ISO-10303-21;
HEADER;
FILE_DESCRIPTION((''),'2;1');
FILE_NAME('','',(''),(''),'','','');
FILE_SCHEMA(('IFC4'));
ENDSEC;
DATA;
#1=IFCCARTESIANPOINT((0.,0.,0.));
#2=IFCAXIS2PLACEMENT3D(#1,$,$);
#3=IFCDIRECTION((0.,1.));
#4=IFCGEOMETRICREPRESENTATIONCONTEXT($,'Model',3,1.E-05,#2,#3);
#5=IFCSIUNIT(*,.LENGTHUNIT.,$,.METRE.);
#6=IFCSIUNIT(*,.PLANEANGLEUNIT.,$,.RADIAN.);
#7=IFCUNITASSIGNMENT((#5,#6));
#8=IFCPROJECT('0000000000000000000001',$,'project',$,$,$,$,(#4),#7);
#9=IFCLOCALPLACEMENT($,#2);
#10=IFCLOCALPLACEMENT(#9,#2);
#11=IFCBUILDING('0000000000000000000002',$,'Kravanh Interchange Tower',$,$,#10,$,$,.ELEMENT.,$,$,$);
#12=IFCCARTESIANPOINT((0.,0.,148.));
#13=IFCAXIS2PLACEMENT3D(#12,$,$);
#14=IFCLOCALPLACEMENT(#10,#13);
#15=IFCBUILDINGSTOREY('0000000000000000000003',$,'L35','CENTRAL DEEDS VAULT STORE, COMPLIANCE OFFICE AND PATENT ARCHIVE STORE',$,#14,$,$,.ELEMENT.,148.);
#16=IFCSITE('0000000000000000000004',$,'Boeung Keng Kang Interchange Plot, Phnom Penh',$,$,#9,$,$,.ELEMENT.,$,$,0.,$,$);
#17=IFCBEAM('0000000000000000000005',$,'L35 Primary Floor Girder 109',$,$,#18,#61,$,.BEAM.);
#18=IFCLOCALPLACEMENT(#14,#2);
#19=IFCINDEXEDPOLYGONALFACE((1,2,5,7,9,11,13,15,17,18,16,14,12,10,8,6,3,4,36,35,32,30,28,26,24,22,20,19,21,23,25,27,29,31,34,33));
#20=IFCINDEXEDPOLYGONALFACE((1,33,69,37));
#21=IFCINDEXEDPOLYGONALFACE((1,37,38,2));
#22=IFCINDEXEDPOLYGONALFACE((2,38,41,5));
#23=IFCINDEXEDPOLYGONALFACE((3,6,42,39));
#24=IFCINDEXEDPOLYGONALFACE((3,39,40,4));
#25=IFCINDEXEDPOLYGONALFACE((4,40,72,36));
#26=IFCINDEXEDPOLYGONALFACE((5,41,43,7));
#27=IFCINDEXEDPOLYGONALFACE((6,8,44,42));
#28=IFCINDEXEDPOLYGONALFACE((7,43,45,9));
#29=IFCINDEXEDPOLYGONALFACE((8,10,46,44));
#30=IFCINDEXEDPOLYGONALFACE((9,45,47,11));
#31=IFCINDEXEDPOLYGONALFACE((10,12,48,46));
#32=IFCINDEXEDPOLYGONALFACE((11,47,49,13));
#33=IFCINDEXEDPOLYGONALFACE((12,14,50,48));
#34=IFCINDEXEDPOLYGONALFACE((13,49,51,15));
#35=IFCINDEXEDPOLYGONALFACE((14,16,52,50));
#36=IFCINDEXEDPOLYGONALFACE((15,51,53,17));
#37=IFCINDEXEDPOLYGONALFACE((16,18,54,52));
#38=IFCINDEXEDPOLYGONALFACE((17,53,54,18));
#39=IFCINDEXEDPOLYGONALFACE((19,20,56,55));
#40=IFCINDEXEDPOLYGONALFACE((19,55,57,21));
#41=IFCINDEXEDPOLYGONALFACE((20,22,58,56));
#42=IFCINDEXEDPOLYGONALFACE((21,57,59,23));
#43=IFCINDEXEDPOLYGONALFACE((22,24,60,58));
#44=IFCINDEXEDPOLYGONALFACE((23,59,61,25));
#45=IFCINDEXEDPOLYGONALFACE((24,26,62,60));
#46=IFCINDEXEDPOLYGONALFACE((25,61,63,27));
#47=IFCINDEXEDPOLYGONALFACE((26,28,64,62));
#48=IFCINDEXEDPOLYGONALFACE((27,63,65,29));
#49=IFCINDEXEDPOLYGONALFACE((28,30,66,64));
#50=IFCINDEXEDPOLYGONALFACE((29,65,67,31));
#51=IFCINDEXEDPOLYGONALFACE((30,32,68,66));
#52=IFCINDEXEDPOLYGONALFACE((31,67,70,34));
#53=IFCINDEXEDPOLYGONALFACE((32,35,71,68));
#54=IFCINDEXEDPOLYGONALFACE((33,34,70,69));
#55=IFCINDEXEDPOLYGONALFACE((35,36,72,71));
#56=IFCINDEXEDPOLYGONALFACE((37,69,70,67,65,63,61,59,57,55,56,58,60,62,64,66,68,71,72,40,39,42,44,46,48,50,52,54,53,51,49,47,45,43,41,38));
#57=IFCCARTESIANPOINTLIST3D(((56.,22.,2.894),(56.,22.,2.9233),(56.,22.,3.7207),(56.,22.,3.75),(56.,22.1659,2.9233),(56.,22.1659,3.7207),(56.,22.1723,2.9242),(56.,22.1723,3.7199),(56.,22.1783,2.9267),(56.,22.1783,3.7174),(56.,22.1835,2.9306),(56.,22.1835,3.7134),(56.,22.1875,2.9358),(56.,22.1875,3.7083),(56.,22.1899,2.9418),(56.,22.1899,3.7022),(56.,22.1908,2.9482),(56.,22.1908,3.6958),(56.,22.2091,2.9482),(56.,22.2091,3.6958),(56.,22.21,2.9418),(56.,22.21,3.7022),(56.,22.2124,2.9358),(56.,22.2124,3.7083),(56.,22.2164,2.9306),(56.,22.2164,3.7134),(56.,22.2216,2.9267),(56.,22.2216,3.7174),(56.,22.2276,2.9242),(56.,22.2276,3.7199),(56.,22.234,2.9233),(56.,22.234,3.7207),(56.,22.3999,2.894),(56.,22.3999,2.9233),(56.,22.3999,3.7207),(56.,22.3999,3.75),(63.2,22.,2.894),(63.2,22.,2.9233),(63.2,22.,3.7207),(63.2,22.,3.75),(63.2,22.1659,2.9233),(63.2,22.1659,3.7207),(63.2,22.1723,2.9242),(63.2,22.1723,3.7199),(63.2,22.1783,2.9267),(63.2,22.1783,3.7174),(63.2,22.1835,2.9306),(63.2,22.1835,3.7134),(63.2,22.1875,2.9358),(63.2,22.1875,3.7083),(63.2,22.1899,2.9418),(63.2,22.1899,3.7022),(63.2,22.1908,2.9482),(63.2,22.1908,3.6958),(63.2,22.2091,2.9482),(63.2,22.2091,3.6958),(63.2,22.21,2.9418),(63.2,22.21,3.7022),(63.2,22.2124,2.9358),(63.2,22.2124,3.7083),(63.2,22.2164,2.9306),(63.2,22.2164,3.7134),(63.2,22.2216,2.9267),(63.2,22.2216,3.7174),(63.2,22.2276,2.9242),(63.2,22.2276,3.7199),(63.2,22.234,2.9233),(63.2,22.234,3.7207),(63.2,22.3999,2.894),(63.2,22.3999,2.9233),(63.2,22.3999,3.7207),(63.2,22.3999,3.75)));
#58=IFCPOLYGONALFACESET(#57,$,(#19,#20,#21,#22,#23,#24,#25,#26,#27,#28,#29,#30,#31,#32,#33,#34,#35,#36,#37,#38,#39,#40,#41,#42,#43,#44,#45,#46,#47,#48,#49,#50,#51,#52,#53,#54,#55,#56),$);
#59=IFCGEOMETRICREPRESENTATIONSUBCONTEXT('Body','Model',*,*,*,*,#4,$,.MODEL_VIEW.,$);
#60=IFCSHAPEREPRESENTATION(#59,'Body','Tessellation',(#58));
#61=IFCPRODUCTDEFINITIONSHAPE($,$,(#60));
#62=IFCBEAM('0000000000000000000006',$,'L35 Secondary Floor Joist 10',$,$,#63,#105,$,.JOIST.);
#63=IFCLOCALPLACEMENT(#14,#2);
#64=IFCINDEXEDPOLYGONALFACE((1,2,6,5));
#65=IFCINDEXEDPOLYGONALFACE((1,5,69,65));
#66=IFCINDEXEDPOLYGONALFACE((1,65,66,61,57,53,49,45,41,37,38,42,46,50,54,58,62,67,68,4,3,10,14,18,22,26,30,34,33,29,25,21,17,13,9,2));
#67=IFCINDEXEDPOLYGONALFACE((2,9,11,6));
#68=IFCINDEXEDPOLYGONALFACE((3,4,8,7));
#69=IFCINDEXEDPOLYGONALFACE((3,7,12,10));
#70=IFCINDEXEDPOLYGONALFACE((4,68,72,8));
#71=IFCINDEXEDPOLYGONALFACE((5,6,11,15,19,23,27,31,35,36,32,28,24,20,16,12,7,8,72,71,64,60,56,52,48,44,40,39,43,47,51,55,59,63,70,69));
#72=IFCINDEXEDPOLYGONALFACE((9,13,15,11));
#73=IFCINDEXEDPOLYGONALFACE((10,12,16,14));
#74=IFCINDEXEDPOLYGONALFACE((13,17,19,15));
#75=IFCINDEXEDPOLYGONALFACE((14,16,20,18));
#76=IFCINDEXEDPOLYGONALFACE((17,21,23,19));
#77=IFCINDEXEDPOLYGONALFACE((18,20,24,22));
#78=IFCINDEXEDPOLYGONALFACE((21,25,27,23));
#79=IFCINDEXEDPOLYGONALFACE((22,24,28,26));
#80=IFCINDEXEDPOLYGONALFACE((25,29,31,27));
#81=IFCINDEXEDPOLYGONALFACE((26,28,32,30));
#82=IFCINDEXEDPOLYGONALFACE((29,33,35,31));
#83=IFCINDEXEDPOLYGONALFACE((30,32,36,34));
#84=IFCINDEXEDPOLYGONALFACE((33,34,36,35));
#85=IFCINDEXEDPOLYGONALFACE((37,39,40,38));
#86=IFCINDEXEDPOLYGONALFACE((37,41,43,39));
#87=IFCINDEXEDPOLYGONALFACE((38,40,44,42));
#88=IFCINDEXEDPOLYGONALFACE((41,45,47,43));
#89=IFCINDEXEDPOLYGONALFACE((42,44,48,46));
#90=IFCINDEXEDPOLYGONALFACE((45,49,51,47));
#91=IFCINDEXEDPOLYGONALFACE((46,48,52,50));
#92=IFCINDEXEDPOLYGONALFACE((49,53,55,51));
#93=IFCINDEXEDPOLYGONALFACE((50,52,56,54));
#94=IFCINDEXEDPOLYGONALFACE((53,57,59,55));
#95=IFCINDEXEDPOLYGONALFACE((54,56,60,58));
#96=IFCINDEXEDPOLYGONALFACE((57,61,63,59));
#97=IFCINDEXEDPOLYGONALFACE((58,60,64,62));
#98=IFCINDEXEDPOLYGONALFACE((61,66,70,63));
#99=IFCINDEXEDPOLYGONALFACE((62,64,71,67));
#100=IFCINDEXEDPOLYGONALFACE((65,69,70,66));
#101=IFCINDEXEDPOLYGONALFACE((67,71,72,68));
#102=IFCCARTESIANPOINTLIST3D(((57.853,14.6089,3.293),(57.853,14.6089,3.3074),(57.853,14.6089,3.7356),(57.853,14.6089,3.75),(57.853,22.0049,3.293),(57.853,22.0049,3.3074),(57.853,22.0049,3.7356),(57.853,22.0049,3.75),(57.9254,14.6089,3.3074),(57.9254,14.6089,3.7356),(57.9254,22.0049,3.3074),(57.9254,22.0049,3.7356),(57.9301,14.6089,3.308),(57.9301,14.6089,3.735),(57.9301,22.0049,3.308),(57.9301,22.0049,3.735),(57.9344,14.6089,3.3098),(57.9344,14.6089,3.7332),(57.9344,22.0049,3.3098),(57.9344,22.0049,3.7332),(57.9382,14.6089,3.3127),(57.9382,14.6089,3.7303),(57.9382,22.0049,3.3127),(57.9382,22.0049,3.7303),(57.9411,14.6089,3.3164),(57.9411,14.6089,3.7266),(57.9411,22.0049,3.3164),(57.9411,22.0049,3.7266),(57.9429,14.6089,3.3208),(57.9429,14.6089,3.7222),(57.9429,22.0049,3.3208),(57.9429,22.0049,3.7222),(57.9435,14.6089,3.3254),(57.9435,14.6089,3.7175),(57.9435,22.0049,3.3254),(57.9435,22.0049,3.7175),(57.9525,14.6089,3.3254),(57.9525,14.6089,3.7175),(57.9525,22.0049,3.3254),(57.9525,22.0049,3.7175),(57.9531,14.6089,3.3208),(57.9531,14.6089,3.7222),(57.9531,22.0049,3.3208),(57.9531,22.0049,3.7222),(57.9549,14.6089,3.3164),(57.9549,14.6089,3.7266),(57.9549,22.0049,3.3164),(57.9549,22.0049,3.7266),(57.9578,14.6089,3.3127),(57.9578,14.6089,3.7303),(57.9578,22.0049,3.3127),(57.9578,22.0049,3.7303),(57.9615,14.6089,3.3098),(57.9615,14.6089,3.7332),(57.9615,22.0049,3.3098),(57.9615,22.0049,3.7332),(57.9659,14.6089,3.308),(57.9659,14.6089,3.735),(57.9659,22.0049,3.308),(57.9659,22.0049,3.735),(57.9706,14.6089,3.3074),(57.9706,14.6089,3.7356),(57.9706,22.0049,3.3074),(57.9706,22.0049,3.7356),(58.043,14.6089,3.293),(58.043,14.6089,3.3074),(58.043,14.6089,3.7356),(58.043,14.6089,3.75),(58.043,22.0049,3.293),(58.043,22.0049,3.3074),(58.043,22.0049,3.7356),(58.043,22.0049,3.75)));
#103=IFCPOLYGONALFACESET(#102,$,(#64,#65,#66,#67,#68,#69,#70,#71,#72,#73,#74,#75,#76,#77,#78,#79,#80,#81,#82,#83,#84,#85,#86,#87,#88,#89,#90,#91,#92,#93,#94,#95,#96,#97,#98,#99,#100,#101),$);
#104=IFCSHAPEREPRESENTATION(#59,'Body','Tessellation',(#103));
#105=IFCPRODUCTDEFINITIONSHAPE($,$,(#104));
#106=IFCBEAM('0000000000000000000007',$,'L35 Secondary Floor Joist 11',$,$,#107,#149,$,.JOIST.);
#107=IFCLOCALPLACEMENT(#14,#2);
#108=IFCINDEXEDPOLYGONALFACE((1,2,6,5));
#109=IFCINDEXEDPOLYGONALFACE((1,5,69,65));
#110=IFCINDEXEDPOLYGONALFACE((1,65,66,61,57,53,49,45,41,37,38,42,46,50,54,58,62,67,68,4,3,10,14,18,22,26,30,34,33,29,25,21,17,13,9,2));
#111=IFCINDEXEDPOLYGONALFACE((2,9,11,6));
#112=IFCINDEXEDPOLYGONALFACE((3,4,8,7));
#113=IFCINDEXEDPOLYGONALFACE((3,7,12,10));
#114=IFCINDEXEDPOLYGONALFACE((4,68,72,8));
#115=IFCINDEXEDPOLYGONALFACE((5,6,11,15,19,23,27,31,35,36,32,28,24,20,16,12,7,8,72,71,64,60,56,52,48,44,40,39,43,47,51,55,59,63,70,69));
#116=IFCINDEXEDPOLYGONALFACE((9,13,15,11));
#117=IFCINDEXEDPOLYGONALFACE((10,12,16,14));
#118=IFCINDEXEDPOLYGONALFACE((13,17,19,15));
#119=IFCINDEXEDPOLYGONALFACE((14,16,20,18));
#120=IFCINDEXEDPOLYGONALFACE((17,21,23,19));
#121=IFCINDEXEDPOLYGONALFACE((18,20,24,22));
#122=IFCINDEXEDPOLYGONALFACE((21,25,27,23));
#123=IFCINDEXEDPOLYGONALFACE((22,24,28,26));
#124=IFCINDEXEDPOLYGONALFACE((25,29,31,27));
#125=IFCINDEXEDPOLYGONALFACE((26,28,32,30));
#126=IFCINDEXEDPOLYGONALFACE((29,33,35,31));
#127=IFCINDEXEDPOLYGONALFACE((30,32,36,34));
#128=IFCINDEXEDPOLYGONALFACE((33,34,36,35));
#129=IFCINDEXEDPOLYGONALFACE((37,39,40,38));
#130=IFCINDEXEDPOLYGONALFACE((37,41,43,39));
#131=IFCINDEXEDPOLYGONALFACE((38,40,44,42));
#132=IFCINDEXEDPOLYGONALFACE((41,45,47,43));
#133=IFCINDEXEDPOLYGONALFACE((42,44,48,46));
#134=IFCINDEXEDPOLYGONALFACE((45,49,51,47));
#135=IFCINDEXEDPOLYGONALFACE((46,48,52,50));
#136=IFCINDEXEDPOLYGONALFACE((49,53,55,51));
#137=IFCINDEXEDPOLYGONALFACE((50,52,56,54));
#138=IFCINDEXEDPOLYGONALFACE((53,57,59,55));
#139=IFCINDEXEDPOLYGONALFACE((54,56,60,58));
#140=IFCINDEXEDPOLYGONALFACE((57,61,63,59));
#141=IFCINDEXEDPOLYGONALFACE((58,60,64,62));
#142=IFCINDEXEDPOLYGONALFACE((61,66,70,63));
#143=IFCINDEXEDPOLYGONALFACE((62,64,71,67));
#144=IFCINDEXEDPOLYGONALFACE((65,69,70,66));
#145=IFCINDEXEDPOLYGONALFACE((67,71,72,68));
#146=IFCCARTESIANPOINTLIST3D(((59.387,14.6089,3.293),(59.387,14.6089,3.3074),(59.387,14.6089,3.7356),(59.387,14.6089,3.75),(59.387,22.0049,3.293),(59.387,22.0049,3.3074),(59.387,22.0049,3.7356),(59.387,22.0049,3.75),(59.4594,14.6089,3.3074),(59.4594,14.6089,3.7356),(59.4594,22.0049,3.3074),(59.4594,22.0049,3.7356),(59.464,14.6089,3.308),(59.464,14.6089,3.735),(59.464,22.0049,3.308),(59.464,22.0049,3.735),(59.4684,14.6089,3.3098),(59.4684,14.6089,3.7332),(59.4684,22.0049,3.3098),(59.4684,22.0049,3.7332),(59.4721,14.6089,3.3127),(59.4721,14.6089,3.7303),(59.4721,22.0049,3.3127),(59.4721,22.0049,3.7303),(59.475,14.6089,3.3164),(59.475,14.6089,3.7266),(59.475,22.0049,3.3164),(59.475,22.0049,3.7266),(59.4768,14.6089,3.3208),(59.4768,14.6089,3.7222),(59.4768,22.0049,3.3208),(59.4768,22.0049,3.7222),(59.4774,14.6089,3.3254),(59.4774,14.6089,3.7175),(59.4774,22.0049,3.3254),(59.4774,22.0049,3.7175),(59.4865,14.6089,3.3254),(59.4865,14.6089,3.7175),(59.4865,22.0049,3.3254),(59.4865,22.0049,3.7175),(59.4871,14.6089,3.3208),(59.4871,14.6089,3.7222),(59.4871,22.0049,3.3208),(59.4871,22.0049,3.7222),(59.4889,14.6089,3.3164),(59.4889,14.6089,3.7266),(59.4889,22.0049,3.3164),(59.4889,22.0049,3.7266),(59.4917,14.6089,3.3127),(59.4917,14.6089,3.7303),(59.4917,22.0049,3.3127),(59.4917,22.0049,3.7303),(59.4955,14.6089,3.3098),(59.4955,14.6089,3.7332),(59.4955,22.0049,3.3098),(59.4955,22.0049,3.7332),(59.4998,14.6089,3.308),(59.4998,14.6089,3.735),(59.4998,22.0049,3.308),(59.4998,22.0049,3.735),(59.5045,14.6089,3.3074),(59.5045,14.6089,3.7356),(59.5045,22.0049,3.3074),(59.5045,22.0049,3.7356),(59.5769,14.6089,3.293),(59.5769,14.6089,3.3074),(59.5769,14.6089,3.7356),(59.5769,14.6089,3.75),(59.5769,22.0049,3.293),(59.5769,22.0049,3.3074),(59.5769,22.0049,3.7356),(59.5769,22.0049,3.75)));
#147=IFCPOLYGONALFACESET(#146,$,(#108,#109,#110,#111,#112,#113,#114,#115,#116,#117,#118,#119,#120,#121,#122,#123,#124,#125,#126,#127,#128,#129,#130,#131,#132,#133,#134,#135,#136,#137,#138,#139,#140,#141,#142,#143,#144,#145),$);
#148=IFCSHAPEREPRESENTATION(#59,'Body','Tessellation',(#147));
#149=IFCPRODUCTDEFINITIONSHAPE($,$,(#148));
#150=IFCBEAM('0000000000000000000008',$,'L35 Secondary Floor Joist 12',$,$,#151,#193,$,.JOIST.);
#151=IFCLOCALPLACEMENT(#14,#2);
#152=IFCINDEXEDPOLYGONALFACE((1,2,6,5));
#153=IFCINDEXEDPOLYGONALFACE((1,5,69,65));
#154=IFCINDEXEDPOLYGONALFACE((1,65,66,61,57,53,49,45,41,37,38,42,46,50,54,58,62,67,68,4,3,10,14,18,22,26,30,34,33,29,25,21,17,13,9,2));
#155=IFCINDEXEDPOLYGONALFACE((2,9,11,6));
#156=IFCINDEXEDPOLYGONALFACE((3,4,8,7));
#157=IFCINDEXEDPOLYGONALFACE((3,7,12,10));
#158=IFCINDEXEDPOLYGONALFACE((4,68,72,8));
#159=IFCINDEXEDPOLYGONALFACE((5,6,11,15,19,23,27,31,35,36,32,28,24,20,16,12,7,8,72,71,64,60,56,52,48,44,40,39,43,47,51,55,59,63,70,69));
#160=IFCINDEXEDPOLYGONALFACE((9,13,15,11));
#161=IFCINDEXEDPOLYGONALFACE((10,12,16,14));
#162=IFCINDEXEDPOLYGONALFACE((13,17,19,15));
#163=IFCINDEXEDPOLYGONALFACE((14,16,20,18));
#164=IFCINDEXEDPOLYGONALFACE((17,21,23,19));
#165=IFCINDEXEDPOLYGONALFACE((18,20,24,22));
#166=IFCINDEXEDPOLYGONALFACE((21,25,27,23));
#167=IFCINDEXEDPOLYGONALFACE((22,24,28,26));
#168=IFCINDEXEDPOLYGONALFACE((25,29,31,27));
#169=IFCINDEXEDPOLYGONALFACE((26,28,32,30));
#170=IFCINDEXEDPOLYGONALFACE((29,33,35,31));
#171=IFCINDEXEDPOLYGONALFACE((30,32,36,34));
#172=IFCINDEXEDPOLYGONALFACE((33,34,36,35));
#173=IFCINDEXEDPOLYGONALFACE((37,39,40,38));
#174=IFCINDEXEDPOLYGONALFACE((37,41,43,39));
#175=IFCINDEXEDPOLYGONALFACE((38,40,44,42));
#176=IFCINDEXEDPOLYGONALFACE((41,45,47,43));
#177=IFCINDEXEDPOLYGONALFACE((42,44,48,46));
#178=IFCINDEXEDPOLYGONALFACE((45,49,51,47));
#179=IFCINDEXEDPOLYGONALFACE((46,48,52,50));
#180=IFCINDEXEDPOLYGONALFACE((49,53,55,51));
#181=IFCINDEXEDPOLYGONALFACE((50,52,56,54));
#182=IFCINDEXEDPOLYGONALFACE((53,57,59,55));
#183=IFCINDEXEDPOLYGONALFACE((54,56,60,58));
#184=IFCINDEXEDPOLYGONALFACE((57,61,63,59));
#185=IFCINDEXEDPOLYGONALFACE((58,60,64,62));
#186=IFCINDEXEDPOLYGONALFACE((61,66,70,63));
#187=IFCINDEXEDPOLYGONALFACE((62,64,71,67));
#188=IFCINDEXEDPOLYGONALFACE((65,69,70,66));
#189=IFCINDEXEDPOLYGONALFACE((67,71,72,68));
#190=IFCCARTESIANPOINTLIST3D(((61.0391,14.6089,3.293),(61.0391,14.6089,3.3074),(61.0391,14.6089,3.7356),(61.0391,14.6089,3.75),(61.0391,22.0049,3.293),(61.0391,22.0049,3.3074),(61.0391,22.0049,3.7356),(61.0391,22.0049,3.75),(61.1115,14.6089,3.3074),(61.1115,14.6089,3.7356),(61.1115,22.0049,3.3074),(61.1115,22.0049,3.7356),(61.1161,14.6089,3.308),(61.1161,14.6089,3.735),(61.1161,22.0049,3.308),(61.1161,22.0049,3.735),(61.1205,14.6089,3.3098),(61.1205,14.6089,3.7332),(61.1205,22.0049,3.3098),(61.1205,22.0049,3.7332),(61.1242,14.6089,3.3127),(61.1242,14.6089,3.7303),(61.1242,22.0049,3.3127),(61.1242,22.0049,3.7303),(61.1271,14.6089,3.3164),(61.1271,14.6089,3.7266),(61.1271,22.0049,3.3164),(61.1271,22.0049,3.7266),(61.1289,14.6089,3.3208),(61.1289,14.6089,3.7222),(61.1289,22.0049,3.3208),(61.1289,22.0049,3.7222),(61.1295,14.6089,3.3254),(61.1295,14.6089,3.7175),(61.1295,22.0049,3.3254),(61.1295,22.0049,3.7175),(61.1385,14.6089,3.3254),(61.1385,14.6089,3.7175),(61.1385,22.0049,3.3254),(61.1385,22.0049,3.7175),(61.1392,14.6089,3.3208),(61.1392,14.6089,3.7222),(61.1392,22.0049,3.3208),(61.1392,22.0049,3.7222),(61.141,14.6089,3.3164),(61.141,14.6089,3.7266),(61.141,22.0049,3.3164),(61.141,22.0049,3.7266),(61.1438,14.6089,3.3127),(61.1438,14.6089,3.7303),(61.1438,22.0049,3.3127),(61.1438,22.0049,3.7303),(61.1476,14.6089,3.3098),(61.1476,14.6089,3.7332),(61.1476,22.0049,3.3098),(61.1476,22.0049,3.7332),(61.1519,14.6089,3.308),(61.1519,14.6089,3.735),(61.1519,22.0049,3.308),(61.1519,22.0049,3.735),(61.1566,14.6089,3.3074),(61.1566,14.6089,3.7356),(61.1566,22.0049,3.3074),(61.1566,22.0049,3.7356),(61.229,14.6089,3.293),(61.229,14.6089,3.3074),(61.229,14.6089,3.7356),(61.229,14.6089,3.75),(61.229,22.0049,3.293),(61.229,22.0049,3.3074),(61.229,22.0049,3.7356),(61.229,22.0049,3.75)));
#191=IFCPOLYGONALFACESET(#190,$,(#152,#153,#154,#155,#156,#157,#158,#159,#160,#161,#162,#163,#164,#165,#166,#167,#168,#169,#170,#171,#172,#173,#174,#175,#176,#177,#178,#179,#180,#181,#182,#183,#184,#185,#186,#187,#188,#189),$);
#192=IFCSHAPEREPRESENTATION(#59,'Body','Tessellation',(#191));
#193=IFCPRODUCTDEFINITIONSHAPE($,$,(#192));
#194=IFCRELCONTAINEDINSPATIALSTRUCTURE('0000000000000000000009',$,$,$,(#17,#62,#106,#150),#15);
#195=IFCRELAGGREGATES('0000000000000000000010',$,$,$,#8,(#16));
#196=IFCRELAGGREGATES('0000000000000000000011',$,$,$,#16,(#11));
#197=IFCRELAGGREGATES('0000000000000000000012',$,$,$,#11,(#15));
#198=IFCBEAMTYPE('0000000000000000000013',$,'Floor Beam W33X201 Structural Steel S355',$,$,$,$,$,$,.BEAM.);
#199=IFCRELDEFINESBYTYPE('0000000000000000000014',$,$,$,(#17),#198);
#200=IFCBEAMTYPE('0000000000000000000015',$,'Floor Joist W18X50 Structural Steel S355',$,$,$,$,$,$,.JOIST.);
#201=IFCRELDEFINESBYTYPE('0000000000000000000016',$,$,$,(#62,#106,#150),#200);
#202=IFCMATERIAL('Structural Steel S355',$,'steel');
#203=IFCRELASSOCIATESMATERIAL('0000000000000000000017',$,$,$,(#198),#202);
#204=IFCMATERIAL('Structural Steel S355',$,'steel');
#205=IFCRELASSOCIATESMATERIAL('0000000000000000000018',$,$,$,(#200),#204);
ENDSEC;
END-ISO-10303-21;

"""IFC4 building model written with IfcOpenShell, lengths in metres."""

from ifc_helpers import new_model, si_unit, direction, frame, origin, origin_2d, place, context, subcontext, project, spatial, i_section, extrude, material, material_profile, profile_set, type_object, element, save


model = new_model("IFC4")

# Units and contexts
model_context = context("Model", 3, precision=1e-05, world=origin(), true_north=direction((0.0, 1.0)))
body_context = subcontext(model_context, "Body", "Model", "MODEL_VIEW")
ifc_project = project(units=[si_unit("LENGTHUNIT", "METRE"), si_unit("PLANEANGLEUNIT", "RADIAN")], contexts=[model_context])

# Site, building, storey
site_placement = place(None, origin())
site = spatial("IfcSite", under=ifc_project, at=site_placement, Name="Boeung Keng Kang Interchange Plot, Phnom Penh", CompositionType="ELEMENT", RefElevation=0.0)
building_placement = place(site_placement, origin())
building = spatial("IfcBuilding", under=site, at=building_placement, Name="Kravanh Interchange Tower", CompositionType="ELEMENT")
storey_placement = place(building_placement, frame((0.0, 0.0, 148.0)))
storey = spatial("IfcBuildingStorey", under=building, at=storey_placement, Name="L35", Description="CENTRAL DEEDS VAULT STORE, COMPLIANCE OFFICE AND PATENT ARCHIVE STORE", CompositionType="ELEMENT", Elevation=148.0)

# Beams
ifc_material_1 = material(Name="Structural Steel S355", Category="steel")
ifc_material_profile_1 = material_profile(ifc_material_1, i_section(OverallWidth=0.3999, OverallDepth=0.856, WebThickness=0.0183, FlangeThickness=0.0293, FilletRadius=0.0249, at=origin_2d()), Name="W33X201")
ifc_profile_set_1 = profile_set([ifc_material_profile_1], Name="Structural Steel S355")
beam_type_1 = type_object("IfcBeamType", Name="Floor Beam W33X201 Structural Steel S355", PredefinedType="BEAM", material=ifc_profile_set_1)
beam_1_placement = place(storey_placement, frame((56.0, 22.2, 3.322), z_axis=(1.0, 0.0, 0.0), x_axis=(0.0, 1.0, 0.0)))
element("IfcBeam", 1, at=beam_1_placement, inside=storey, type_object=beam_type_1, Name="L35 Primary Floor Girder 109", PredefinedType="BEAM", context=body_context, shape_type="SweptSolid", body=[
    extrude(i_section(OverallWidth=0.3999, OverallDepth=0.856, WebThickness=0.0183, FlangeThickness=0.0293, FilletRadius=0.0249, at=origin_2d()), origin(), (0.0, 0.0, 1.0), 7.2),
])
ifc_material_2 = material(Name="Structural Steel S355", Category="steel")
ifc_material_profile_2 = material_profile(ifc_material_2, i_section(OverallWidth=0.1899, OverallDepth=0.457, WebThickness=0.009, FlangeThickness=0.0144, FilletRadius=0.0181, at=origin_2d()), Name="W18X50")
ifc_profile_set_2 = profile_set([ifc_material_profile_2], Name="Structural Steel S355")
beam_type_2 = type_object("IfcBeamType", Name="Floor Joist W18X50 Structural Steel S355", PredefinedType="JOIST", material=ifc_profile_set_2)
for number, where, z_axis, x_axis, name in (
    (2, (57.948, 14.6089, 3.5215), (0.0, 1.0, 0.0), (-1.0, 0.0, 0.0), "L35 Secondary Floor Joist 10"),
    (3, (59.4819, 14.6089, 3.5215), (0.0, 1.0, 0.0), (-1.0, 0.0, 0.0), "L35 Secondary Floor Joist 11"),
    (4, (61.134, 14.6089, 3.5215), (0.0, 1.0, 0.0), (-1.0, 0.0, 0.0), "L35 Secondary Floor Joist 12"),
):
    element("IfcBeam", number, at=place(storey_placement, frame(where, z_axis=z_axis, x_axis=x_axis)), inside=storey, type_object=beam_type_2, Name=name, PredefinedType="JOIST", context=body_context, shape_type="SweptSolid", body=[
        extrude(i_section(OverallWidth=0.1899, OverallDepth=0.457, WebThickness=0.009, FlangeThickness=0.0144, FilletRadius=0.0181, at=origin_2d()), origin(), (0.0, 0.0, 1.0), 7.396),
    ])

save(model, "model.ifc")
